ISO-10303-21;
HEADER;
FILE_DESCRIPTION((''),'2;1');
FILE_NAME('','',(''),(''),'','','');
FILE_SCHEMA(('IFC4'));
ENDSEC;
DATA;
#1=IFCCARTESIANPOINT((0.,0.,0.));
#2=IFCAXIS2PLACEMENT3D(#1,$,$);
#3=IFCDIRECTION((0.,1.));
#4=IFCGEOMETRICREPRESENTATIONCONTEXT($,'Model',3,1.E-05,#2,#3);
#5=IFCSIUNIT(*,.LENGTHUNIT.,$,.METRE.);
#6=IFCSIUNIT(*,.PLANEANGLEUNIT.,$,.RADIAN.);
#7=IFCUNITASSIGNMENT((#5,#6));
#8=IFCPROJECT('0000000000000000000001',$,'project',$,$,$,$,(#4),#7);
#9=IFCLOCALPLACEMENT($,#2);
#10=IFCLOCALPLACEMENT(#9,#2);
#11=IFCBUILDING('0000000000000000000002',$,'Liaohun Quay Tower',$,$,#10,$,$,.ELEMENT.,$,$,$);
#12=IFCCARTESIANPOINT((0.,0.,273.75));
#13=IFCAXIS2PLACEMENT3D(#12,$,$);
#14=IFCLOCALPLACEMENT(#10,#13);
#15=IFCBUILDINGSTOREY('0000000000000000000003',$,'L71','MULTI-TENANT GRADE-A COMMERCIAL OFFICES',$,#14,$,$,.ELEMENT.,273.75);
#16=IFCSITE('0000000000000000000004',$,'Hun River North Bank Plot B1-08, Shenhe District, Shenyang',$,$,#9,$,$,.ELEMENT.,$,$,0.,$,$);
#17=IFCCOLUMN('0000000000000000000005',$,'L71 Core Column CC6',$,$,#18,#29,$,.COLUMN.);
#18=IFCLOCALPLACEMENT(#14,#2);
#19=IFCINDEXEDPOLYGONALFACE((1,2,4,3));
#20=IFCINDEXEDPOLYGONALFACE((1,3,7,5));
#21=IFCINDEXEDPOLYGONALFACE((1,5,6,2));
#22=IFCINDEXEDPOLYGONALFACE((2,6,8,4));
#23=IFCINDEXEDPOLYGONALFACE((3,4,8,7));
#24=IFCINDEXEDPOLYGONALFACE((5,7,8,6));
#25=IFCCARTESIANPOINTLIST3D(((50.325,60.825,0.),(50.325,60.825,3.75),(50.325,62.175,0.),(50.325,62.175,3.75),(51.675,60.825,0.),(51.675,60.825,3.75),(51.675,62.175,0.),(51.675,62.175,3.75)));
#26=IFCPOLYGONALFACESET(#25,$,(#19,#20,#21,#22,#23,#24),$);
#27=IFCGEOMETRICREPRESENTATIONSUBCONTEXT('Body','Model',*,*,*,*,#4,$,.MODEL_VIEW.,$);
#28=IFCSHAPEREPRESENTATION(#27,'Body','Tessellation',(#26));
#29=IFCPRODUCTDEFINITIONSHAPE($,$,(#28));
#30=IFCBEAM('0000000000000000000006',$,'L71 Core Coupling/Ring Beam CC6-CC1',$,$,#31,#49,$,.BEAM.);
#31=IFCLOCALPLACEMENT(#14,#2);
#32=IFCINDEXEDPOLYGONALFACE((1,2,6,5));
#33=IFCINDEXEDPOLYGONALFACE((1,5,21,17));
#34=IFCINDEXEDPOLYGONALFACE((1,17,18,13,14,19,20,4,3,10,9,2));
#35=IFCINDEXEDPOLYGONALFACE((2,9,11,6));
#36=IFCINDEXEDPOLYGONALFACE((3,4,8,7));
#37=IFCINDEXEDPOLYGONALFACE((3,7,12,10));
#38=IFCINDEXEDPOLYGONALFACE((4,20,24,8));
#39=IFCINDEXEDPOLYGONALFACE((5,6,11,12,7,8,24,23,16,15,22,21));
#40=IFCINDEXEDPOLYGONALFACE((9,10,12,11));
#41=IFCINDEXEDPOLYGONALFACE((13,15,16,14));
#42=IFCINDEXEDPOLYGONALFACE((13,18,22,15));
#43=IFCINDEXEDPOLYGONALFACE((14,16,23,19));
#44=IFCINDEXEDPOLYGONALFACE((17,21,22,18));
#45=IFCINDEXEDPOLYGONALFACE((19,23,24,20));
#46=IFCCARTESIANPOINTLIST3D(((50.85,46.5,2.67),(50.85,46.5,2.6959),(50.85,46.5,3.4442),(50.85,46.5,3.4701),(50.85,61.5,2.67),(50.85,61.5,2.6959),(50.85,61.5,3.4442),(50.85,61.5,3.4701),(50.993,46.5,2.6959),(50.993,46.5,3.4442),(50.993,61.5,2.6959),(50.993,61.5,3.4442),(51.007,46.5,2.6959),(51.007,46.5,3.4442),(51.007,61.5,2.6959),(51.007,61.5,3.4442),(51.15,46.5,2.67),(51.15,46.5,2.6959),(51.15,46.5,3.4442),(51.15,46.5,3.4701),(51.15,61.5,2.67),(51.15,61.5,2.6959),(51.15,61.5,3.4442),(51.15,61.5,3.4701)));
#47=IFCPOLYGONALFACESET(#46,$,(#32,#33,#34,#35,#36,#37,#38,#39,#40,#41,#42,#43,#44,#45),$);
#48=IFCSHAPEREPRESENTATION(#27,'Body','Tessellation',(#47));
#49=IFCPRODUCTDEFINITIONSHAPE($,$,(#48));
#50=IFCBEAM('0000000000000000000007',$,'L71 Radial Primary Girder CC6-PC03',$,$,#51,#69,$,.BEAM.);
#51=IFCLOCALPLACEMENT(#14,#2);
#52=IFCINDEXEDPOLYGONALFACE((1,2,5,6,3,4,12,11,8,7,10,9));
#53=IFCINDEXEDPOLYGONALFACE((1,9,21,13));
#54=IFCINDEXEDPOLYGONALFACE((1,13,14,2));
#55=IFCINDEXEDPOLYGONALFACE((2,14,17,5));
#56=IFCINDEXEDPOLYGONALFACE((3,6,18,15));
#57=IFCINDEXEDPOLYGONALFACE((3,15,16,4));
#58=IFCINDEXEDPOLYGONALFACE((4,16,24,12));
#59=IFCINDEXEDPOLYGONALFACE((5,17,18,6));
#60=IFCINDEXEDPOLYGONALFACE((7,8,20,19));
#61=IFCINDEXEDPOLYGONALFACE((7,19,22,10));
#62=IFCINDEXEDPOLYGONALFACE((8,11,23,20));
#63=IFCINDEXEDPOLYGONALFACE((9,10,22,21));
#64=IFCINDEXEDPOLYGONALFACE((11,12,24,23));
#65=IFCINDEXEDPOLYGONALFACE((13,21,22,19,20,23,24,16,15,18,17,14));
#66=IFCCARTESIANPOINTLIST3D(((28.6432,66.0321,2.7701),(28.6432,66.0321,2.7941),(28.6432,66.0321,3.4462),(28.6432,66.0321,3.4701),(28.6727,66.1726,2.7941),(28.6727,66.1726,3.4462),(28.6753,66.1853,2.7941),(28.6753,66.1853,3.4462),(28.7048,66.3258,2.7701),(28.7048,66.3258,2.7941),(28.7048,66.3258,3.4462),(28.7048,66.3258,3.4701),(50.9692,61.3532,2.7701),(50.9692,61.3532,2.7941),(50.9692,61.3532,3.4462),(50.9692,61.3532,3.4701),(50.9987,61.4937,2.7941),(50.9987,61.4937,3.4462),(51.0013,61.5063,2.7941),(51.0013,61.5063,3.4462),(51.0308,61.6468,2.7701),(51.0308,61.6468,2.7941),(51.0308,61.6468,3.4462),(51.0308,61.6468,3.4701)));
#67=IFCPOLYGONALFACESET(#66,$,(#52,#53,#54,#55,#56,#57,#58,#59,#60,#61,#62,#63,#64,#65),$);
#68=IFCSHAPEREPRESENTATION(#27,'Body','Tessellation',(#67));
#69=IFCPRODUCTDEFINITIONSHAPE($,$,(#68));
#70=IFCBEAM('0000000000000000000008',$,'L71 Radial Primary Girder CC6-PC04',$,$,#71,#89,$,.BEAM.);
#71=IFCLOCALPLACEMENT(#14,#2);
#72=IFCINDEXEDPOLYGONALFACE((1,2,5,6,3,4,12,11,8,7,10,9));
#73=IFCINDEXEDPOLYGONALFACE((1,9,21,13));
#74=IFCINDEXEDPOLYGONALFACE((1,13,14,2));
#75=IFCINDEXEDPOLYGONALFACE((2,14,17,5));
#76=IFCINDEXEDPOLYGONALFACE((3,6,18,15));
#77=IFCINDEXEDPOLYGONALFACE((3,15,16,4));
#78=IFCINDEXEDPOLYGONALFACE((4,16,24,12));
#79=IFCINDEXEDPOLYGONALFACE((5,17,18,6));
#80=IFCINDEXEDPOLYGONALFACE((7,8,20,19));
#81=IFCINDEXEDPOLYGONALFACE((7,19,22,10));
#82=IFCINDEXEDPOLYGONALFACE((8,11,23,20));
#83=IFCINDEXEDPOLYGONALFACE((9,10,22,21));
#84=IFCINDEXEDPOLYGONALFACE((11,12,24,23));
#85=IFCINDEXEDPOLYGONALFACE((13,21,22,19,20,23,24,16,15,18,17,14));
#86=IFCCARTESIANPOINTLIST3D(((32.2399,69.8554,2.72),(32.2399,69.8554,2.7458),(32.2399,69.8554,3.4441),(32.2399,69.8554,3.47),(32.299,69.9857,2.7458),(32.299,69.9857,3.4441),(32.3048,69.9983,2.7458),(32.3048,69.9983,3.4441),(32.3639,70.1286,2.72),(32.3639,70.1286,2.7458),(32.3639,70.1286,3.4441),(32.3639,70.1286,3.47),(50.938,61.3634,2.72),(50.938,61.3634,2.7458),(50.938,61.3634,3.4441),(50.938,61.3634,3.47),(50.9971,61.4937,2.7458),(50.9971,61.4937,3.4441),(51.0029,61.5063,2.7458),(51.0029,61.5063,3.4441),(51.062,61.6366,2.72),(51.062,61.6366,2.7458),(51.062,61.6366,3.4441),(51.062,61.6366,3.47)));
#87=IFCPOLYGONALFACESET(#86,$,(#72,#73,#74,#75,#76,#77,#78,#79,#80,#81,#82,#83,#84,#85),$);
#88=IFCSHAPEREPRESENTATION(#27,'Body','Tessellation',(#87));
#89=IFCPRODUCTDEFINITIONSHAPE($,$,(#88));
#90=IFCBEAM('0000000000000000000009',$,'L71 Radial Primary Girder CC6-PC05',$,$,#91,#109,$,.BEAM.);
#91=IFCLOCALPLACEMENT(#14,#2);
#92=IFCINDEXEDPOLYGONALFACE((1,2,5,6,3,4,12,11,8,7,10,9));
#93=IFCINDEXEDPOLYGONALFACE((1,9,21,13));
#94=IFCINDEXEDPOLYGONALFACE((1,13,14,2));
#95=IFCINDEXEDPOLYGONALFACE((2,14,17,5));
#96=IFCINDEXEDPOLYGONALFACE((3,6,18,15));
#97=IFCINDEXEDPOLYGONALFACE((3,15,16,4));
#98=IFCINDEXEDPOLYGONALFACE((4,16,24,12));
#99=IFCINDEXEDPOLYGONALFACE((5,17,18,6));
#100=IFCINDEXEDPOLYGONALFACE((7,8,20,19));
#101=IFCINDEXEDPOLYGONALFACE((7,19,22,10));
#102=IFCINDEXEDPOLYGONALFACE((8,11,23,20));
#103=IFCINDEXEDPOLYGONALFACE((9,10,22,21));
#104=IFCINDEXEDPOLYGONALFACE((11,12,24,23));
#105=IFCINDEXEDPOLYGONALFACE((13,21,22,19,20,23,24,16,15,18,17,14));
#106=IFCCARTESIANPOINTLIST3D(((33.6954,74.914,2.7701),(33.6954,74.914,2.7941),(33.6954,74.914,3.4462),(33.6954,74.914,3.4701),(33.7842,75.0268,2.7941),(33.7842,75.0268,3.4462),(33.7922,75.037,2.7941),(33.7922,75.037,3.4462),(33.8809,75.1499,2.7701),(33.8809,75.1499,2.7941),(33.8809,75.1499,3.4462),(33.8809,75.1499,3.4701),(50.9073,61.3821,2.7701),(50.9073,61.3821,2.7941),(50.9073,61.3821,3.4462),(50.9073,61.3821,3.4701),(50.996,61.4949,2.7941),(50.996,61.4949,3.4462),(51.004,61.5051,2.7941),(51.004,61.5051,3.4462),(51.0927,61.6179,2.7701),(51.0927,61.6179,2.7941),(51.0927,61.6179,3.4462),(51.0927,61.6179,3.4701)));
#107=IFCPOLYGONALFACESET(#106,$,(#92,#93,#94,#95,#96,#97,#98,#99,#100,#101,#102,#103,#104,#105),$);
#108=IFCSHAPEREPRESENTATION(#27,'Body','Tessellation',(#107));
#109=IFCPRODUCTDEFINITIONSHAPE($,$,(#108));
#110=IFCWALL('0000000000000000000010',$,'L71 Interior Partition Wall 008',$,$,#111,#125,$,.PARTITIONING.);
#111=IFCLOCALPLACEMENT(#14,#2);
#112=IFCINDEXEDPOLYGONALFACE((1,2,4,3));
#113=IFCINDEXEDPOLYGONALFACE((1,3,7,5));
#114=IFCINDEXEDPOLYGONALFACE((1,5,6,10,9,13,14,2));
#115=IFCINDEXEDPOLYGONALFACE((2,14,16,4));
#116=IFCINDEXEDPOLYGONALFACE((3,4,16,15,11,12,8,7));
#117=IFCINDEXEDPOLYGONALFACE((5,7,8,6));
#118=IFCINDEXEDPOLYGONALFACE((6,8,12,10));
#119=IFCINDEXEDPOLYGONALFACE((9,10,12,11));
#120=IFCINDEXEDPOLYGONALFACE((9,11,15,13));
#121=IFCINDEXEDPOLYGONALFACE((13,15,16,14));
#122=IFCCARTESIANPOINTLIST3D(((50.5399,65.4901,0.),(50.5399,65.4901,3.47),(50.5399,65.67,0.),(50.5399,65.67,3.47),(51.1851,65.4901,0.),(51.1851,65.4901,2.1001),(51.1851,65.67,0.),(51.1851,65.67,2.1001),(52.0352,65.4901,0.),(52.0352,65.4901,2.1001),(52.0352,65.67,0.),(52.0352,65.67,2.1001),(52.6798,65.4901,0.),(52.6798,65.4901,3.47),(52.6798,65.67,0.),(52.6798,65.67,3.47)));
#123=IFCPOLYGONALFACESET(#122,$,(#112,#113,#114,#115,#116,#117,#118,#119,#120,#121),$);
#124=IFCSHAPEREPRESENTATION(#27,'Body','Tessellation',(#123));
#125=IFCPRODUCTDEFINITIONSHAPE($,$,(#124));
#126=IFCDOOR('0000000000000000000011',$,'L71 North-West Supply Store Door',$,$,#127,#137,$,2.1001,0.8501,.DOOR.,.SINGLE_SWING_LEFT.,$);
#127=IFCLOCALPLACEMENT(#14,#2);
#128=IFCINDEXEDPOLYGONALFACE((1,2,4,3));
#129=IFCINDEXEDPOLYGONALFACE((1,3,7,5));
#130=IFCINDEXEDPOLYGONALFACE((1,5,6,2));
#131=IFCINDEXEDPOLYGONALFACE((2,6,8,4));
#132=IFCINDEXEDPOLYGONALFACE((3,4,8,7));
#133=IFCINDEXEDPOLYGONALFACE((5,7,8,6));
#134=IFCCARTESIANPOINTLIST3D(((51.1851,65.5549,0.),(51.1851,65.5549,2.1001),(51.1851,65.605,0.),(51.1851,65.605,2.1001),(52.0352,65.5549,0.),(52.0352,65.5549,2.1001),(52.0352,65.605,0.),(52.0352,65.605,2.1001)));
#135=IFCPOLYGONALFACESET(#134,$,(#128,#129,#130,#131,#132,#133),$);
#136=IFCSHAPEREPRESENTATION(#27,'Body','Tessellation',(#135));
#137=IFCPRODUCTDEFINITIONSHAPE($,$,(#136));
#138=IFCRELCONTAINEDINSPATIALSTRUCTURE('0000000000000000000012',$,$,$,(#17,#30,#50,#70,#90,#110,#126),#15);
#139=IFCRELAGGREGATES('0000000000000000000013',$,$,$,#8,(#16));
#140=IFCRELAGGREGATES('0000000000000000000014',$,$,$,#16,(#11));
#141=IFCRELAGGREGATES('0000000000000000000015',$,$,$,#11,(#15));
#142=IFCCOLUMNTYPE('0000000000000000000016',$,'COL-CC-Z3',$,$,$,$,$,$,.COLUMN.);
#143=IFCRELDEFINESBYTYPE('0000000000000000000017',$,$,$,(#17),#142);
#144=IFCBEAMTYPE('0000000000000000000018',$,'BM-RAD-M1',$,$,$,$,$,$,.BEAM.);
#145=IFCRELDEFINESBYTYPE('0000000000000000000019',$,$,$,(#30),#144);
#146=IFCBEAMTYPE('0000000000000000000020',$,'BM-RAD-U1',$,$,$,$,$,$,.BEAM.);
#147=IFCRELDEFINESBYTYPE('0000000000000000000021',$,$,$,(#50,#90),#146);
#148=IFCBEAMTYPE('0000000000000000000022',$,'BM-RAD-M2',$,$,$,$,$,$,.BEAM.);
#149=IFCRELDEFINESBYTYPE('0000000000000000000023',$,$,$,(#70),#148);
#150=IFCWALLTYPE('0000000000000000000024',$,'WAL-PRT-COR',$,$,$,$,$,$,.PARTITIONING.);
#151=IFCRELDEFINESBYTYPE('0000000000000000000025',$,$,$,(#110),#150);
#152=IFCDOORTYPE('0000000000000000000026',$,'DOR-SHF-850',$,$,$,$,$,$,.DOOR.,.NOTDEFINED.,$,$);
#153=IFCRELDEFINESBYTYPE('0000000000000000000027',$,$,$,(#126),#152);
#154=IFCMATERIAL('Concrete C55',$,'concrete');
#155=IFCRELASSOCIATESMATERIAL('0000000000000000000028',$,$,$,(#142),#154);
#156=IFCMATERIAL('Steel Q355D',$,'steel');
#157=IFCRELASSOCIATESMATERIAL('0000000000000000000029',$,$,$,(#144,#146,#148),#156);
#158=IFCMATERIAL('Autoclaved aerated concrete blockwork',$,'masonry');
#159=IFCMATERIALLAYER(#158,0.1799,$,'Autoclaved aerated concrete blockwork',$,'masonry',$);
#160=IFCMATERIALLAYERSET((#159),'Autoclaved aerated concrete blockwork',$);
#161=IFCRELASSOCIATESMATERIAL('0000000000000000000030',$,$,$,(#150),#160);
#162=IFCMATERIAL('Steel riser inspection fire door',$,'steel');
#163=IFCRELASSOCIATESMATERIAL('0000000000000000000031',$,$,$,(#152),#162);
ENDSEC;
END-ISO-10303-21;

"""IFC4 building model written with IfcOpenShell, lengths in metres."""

from ifc_helpers import new_model, si_unit, direction, frame, frame_2d, origin, origin_2d, place, context, subcontext, project, spatial, rectangle, i_section, extrude, source, transform, mapped, material, layer, layer_set, material_profile, profile_set, type_object, element, fill, save


model = new_model("IFC4")

# Units and contexts
model_context = context("Model", 3, precision=1e-05, world=origin(), true_north=direction((0.0, 1.0)))
body_context = subcontext(model_context, "Body", "Model", "MODEL_VIEW")
ifc_project = project(units=[si_unit("LENGTHUNIT", "METRE"), si_unit("PLANEANGLEUNIT", "RADIAN")], contexts=[model_context])

# Site, building, storey
site_placement = place(None, origin())
site = spatial("IfcSite", under=ifc_project, at=site_placement, Name="Hun River North Bank Plot B1-08, Shenhe District, Shenyang", CompositionType="ELEMENT", RefElevation=0.0)
building_placement = place(site_placement, origin())
building = spatial("IfcBuilding", under=site, at=building_placement, Name="Liaohun Quay Tower", CompositionType="ELEMENT")
storey_placement = place(building_placement, frame((0.0, 0.0, 273.75)))
storey = spatial("IfcBuildingStorey", under=building, at=storey_placement, Name="L71", Description="MULTI-TENANT GRADE-A COMMERCIAL OFFICES", CompositionType="ELEMENT", Elevation=273.75)

# Column
ifc_material_1 = material(Name="Concrete C55", Category="concrete")
ifc_material_profile_1 = material_profile(ifc_material_1, rectangle(XDim=1.3501, YDim=1.3501, at=origin_2d()), Name="RC1350x1350")
ifc_profile_set_1 = profile_set([ifc_material_profile_1], Name="Concrete C55")
column_type = type_object("IfcColumnType", Name="COL-CC-Z3", PredefinedType="COLUMN", material=ifc_profile_set_1)
shared_shape_1 = source(origin(), body_context, "Body", "SweptSolid", [
    extrude(rectangle(XDim=1.3501, YDim=1.3501, at=origin_2d()), origin(), (0.0, 0.0, 1.0), 3.75),
])
column_placement = place(storey_placement, frame((51.0, 61.5, 0.0), z_axis=(0.0, 0.0, 1.0), x_axis=(1.0, 0.0, 0.0)))
element("IfcColumn", 1, at=column_placement, inside=storey, type_object=column_type, Name="L71 Core Column CC6", PredefinedType="COLUMN", context=body_context, shape_type="MappedRepresentation", body=[
    mapped(shared_shape_1, transform((0.0, 0.0, 0.0), x_axis=(1.0, 0.0, 0.0), y_axis=(0.0, 1.0, 0.0), z_axis=(0.0, 0.0, 1.0), scale=1.0)),
])

# Beams
ifc_material_2 = material(Name="Steel Q355D", Category="steel")
ifc_material_profile_2 = material_profile(ifc_material_2, i_section(OverallWidth=0.3, OverallDepth=0.8, WebThickness=0.0139, FlangeThickness=0.0259, at=origin_2d()), Name="HN800x300x14x26")
ifc_profile_set_2 = profile_set([ifc_material_profile_2], Name="Steel Q355D")
beam_type_1 = type_object("IfcBeamType", Name="BM-RAD-M1", PredefinedType="BEAM", material=ifc_profile_set_2)
shared_shape_2 = source(origin(), body_context, "Body", "SweptSolid", [
    extrude(i_section(OverallWidth=0.3, OverallDepth=0.8, WebThickness=0.0139, FlangeThickness=0.0259, at=origin_2d()), origin(), (0.0, 0.0, 1.0), 15.0),
])
beam_1_placement = place(storey_placement, frame((51.0, 61.5, 3.0701), z_axis=(0.0, -1.0, 0.0), x_axis=(1.0, 0.0, 0.0)))
element("IfcBeam", 2, at=beam_1_placement, inside=storey, type_object=beam_type_1, Name="L71 Core Coupling/Ring Beam CC6-CC1", PredefinedType="BEAM", context=body_context, shape_type="MappedRepresentation", body=[
    mapped(shared_shape_2, transform((0.0, 0.0, 0.0), x_axis=(1.0, 0.0, 0.0), y_axis=(0.0, 1.0, 0.0), z_axis=(0.0, 0.0, 1.0), scale=1.0)),
])
ifc_material_profile_3 = material_profile(ifc_material_2, i_section(OverallWidth=0.3, OverallDepth=0.7, WebThickness=0.0129, FlangeThickness=0.0239, at=origin_2d()), Name="HN700x300x13x24")
ifc_profile_set_3 = profile_set([ifc_material_profile_3], Name="Steel Q355D")
beam_type_2 = type_object("IfcBeamType", Name="BM-RAD-U1", PredefinedType="BEAM", material=ifc_profile_set_3)
shared_shape_3 = source(origin(), body_context, "Body", "SweptSolid", [
    extrude(i_section(OverallWidth=0.3, OverallDepth=0.7, WebThickness=0.0129, FlangeThickness=0.0239, at=origin_2d()), origin(), (0.0, 0.0, 1.0), 22.811),
])
beam_2_placement = place(storey_placement, frame((51.0, 61.5, 3.1201), z_axis=(-0.978737, 0.205119, 0.0), x_axis=(-0.205119, -0.978737, 0.0)))
element("IfcBeam", 3, at=beam_2_placement, inside=storey, type_object=beam_type_2, Name="L71 Radial Primary Girder CC6-PC03", PredefinedType="BEAM", context=body_context, shape_type="MappedRepresentation", body=[
    mapped(shared_shape_3, transform((0.0, 0.0, 0.0), x_axis=(1.0, 0.0, 0.0), y_axis=(0.0, 1.0, 0.0), z_axis=(0.0, 0.0, 1.0), scale=1.0)),
])
ifc_material_profile_4 = material_profile(ifc_material_2, i_section(OverallWidth=0.3, OverallDepth=0.75, WebThickness=0.0139, FlangeThickness=0.0259, at=origin_2d()), Name="HN750x300x14x26")
ifc_profile_set_4 = profile_set([ifc_material_profile_4], Name="Steel Q355D")
beam_type_3 = type_object("IfcBeamType", Name="BM-RAD-M2", PredefinedType="BEAM", material=ifc_profile_set_4)
shared_shape_4 = source(origin(), body_context, "Body", "SweptSolid", [
    extrude(i_section(OverallWidth=0.3, OverallDepth=0.75, WebThickness=0.0139, FlangeThickness=0.0259, at=origin_2d()), origin(), (0.0, 0.0, 1.0), 20.5361),
])
beam_3_placement = place(storey_placement, frame((51.0, 61.5, 3.095), z_axis=(-0.910498, 0.413515, 0.0), x_axis=(-0.413515, -0.910498, 0.0)))
element("IfcBeam", 4, at=beam_3_placement, inside=storey, type_object=beam_type_3, Name="L71 Radial Primary Girder CC6-PC04", PredefinedType="BEAM", context=body_context, shape_type="MappedRepresentation", body=[
    mapped(shared_shape_4, transform((0.0, 0.0, 0.0), x_axis=(1.0, 0.0, 0.0), y_axis=(0.0, 1.0, 0.0), z_axis=(0.0, 0.0, 1.0), scale=1.0)),
])
shared_shape_5 = source(origin(), body_context, "Body", "SweptSolid", [
    extrude(i_section(OverallWidth=0.3, OverallDepth=0.7, WebThickness=0.0129, FlangeThickness=0.0239, at=origin_2d()), origin(), (0.0, 0.0, 1.0), 21.8943),
])
beam_4_placement = place(storey_placement, frame((51.0, 61.5, 3.1201), z_axis=(-0.786133, 0.618057, 0.0), x_axis=(-0.618057, -0.786133, 0.0)))
element("IfcBeam", 5, at=beam_4_placement, inside=storey, type_object=beam_type_2, Name="L71 Radial Primary Girder CC6-PC05", PredefinedType="BEAM", context=body_context, shape_type="MappedRepresentation", body=[
    mapped(shared_shape_5, transform((0.0, 0.0, 0.0), x_axis=(1.0, 0.0, 0.0), y_axis=(0.0, 1.0, 0.0), z_axis=(0.0, 0.0, 1.0), scale=1.0)),
])

# Wall, opening, door
ifc_material_3 = material(Name="Autoclaved aerated concrete blockwork", Category="masonry")
ifc_layer_1 = layer(ifc_material_3, 0.1799, Name="Autoclaved aerated concrete blockwork", Category="masonry")
ifc_layer_set_1 = layer_set([ifc_layer_1], Name="Autoclaved aerated concrete blockwork")
wall_type_1 = type_object("IfcWallType", Name="WAL-PRT-COR", PredefinedType="PARTITIONING", material=ifc_layer_set_1)
wall_1_placement = place(storey_placement, frame((50.54, 65.5801, 0.0), z_axis=(0.0, 0.0, 1.0), x_axis=(1.0, 0.0, 0.0)))
wall_1 = element("IfcWall", 6, at=wall_1_placement, inside=storey, type_object=wall_type_1, Name="L71 Interior Partition Wall 008", PredefinedType="PARTITIONING", context=body_context, shape_type="SweptSolid", body=[
    extrude(rectangle(XDim=2.1399, YDim=0.1799, at=frame_2d((1.0698, 0.0))), origin(), (0.0, 0.0, 1.0), 3.47),
])
shared_shape_6 = source(origin(), body_context, "Body", "SweptSolid", [
    extrude(rectangle(XDim=0.8501, YDim=2.1001, at=frame_2d((0.425, 1.05))), frame((0.0, 0.0999, 0.0), z_axis=(0.0, -1.0, 0.0), x_axis=(1.0, 0.0, 0.0)), (0.0, 0.0, 1.0), 0.2),
])
opening_1_placement = place(wall_1_placement, frame((0.645, 0.0, 0.0)))
opening_1 = element("IfcOpeningElement", 7, at=opening_1_placement, cuts=wall_1, PredefinedType="OPENING", context=body_context, shape_type="MappedRepresentation", body=[
    mapped(shared_shape_6, transform((0.0, 0.0, 0.0), x_axis=(1.0, 0.0, 0.0), y_axis=(0.0, 1.0, 0.0), z_axis=(0.0, 0.0, 1.0), scale=1.0)),
])
ifc_material_4 = material(Name="Steel riser inspection fire door", Category="steel")
door_type_1 = type_object("IfcDoorType", Name="DOR-SHF-850", OperationType="NOTDEFINED", PredefinedType="DOOR", material=ifc_material_4)
shared_shape_7 = source(origin(), body_context, "Body", "SweptSolid", [
    extrude(rectangle(XDim=0.8501, YDim=2.1001, at=frame_2d((0.425, 1.05))), frame((0.0, 0.0249, 0.0), z_axis=(0.0, -1.0, 0.0), x_axis=(1.0, 0.0, 0.0)), (0.0, 0.0, 1.0), 0.05),
])
door_1_placement = place(opening_1_placement, origin())
door_1 = element("IfcDoor", 8, at=door_1_placement, inside=storey, type_object=door_type_1, Name="L71 North-West Supply Store Door", OperationType="SINGLE_SWING_LEFT", OverallHeight=2.1001, OverallWidth=0.8501, PredefinedType="DOOR", context=body_context, shape_type="MappedRepresentation", body=[
    mapped(shared_shape_7, transform((0.0, 0.0, 0.0), x_axis=(1.0, 0.0, 0.0), y_axis=(0.0, 1.0, 0.0), z_axis=(0.0, 0.0, 1.0), scale=1.0)),
])
fill(opening_1, door_1)

save(model, "model.ifc")
